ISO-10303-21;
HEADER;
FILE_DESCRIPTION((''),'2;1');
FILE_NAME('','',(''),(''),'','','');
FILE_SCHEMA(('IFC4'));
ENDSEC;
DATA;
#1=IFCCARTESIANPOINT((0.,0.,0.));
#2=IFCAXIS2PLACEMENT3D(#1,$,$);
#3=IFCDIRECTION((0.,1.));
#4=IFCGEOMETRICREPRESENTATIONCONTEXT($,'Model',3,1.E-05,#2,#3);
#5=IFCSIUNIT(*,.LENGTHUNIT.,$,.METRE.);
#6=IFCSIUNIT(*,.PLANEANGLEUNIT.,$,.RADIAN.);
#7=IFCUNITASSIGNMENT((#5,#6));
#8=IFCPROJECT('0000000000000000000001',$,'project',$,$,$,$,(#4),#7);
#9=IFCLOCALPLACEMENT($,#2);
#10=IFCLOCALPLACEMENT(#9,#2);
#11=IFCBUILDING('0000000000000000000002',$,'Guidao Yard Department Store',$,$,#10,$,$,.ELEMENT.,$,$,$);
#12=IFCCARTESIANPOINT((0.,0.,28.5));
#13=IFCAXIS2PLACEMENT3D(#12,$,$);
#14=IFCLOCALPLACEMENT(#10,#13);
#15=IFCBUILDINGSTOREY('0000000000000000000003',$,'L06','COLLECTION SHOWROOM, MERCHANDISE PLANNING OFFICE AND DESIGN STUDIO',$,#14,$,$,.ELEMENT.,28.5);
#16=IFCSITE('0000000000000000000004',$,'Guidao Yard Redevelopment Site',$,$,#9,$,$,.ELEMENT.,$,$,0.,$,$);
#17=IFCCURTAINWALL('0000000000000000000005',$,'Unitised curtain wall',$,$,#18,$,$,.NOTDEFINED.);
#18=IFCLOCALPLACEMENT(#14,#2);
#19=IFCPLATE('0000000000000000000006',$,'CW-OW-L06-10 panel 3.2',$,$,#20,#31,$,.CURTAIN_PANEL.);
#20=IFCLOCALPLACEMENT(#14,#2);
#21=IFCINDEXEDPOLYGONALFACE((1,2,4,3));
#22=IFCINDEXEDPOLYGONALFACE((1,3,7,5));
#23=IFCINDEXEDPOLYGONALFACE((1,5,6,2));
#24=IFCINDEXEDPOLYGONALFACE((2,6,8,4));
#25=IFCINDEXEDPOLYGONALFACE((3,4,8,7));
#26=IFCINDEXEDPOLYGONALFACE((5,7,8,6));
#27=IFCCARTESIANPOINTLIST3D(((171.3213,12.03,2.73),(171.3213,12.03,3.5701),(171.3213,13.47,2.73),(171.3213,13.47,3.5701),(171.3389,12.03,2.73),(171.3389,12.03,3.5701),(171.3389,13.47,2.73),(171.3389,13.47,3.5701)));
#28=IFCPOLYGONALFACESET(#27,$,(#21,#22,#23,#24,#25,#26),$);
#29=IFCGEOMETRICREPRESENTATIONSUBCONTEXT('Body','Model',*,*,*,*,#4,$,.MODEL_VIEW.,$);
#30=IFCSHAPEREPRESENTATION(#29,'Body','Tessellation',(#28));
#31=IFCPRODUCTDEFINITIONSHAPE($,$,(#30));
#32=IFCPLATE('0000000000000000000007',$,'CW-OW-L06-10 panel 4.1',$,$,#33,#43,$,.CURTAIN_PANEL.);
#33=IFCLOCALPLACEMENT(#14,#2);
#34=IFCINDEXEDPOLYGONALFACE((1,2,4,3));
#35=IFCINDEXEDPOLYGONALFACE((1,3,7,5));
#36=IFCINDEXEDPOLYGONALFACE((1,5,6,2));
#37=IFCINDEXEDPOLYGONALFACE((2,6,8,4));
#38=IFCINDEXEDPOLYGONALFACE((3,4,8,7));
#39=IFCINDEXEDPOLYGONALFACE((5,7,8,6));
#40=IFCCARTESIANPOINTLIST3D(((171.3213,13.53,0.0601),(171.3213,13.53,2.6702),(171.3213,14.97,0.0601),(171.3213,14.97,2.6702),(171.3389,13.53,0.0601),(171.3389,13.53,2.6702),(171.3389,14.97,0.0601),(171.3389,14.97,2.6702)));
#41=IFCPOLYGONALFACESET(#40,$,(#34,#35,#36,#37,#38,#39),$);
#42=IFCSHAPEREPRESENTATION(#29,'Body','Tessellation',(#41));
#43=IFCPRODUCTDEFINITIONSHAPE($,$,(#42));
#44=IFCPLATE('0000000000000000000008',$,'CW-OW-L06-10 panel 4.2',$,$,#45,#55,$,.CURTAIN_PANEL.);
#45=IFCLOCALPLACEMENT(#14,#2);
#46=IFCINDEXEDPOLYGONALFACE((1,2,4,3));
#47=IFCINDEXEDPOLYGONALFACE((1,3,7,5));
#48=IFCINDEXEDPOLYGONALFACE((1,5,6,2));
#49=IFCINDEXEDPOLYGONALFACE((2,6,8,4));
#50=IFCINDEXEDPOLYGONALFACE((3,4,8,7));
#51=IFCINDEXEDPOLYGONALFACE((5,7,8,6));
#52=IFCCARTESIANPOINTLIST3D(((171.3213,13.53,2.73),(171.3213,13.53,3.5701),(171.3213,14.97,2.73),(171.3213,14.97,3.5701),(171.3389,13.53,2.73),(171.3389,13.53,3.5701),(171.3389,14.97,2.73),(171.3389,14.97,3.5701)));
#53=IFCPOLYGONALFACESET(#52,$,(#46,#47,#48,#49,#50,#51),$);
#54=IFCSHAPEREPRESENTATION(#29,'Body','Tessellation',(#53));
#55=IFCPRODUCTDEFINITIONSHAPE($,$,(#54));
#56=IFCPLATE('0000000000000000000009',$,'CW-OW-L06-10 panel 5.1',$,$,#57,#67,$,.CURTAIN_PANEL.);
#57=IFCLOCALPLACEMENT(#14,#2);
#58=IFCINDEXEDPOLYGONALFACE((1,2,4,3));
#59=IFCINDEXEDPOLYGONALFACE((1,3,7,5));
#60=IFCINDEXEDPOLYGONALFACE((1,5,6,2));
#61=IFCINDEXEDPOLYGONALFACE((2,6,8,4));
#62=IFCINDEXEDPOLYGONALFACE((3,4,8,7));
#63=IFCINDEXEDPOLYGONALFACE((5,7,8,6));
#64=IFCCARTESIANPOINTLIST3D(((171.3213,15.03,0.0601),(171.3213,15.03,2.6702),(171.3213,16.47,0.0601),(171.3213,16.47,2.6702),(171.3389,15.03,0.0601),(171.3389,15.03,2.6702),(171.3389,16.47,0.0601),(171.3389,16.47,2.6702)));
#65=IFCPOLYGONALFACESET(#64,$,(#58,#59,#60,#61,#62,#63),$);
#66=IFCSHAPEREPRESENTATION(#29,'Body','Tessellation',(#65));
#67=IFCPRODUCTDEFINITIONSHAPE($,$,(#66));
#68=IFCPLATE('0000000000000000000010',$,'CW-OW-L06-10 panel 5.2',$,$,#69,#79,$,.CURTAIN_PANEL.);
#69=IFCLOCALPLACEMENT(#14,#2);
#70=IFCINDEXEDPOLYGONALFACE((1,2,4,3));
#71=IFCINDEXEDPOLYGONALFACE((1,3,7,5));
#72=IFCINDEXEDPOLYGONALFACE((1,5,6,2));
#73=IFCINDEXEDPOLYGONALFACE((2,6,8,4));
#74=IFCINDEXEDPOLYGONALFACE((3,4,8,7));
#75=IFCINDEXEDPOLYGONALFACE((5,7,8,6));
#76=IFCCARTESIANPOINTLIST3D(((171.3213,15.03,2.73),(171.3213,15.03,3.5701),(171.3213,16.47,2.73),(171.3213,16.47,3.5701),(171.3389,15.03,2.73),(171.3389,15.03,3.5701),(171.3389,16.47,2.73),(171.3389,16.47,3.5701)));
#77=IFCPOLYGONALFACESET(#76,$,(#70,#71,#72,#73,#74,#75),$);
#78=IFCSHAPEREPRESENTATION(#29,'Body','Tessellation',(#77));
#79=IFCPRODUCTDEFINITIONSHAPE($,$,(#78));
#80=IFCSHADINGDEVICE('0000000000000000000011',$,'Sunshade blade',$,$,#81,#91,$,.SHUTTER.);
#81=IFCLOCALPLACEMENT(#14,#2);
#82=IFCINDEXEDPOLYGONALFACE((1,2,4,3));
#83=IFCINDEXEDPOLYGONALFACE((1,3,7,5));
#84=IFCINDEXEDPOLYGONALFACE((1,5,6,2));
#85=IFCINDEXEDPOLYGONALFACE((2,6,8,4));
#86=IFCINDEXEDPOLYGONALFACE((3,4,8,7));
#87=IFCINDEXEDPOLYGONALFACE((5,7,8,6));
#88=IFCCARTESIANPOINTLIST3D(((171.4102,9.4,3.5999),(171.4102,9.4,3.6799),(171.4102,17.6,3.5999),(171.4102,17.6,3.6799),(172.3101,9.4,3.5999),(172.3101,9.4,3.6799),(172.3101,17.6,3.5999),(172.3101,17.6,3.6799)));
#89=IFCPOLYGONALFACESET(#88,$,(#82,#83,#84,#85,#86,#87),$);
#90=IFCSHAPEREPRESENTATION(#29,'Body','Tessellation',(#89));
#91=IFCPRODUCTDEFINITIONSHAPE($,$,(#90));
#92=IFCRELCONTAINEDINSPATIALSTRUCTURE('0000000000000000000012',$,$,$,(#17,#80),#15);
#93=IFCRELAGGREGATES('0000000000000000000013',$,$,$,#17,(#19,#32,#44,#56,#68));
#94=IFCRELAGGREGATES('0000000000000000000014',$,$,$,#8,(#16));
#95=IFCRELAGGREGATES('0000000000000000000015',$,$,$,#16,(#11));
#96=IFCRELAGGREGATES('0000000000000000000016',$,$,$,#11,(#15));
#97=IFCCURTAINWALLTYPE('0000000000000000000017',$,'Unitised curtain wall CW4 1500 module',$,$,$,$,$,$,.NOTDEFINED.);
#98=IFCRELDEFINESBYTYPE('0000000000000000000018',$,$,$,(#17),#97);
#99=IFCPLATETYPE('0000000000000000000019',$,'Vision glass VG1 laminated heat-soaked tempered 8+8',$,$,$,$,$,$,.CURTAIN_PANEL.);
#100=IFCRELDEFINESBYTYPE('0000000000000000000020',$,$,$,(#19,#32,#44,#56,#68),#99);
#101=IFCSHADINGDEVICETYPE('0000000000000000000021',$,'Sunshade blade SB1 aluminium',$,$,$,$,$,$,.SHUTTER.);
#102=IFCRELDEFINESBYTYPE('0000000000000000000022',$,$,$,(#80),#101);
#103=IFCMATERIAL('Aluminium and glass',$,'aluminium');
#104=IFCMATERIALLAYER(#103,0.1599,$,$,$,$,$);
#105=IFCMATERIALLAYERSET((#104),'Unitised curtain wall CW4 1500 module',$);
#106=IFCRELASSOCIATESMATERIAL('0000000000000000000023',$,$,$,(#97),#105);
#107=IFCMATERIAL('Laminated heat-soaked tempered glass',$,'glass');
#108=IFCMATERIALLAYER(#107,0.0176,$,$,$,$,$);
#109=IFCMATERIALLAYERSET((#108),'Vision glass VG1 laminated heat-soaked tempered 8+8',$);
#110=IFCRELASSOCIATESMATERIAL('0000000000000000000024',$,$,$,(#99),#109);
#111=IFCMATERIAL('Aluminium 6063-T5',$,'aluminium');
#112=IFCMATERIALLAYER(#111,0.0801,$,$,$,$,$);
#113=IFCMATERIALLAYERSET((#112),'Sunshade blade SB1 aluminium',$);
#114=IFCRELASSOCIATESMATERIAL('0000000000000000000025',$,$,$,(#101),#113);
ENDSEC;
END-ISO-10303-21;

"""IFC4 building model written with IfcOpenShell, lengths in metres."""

from ifc_helpers import new_model, si_unit, direction, frame, origin, origin_2d, place, context, subcontext, project, spatial, rectangle, extrude, material, layer, layer_set, type_object, element, aggregate, save


model = new_model("IFC4")

# Units and contexts
model_context = context("Model", 3, precision=1e-05, world=origin(), true_north=direction((0.0, 1.0)))
body_context = subcontext(model_context, "Body", "Model", "MODEL_VIEW")
ifc_project = project(units=[si_unit("LENGTHUNIT", "METRE"), si_unit("PLANEANGLEUNIT", "RADIAN")], contexts=[model_context])

# Site, building, storey
site_placement = place(None, origin())
site = spatial("IfcSite", under=ifc_project, at=site_placement, Name="Guidao Yard Redevelopment Site", CompositionType="ELEMENT", RefElevation=0.0)
building_placement = place(site_placement, origin())
building = spatial("IfcBuilding", under=site, at=building_placement, Name="Guidao Yard Department Store", CompositionType="ELEMENT")
storey_placement = place(building_placement, frame((0.0, 0.0, 28.5)))
storey = spatial("IfcBuildingStorey", under=building, at=storey_placement, Name="L06", Description="COLLECTION SHOWROOM, MERCHANDISE PLANNING OFFICE AND DESIGN STUDIO", CompositionType="ELEMENT", Elevation=28.5)

# Curtain wall, plates
ifc_material_1 = material(Name="Aluminium and glass", Category="aluminium")
ifc_layer_1 = layer(ifc_material_1, 0.1599)
ifc_layer_set_1 = layer_set([ifc_layer_1], Name="Unitised curtain wall CW4 1500 module")
curtain_wall_type = type_object("IfcCurtainWallType", Name="Unitised curtain wall CW4 1500 module", PredefinedType="NOTDEFINED", material=ifc_layer_set_1)
curtain_wall_placement = place(storey_placement, origin())
curtain_wall = element("IfcCurtainWall", 1, at=curtain_wall_placement, inside=storey, type_object=curtain_wall_type, Name="Unitised curtain wall", PredefinedType="NOTDEFINED")
ifc_material_2 = material(Name="Laminated heat-soaked tempered glass", Category="glass")
ifc_layer_2 = layer(ifc_material_2, 0.0176)
ifc_layer_set_2 = layer_set([ifc_layer_2], Name="Vision glass VG1 laminated heat-soaked tempered 8+8")
plate_type_1 = type_object("IfcPlateType", Name="Vision glass VG1 laminated heat-soaked tempered 8+8", PredefinedType="CURTAIN_PANEL", material=ifc_layer_set_2)
plate_1_placement = place(storey_placement, frame((171.3301, 12.75, 2.73), z_axis=(0.0, 0.0, 1.0), x_axis=(0.0, -1.0, 0.0)))
plate_1 = element("IfcPlate", 2, at=plate_1_placement, type_object=plate_type_1, Name="CW-OW-L06-10 panel 3.2", PredefinedType="CURTAIN_PANEL", context=body_context, shape_type="SweptSolid", body=[
    extrude(rectangle(XDim=1.4399, YDim=0.0176, at=origin_2d()), origin(), (0.0, 0.0, 1.0), 0.8401),
])
plate_2_placement = place(storey_placement, frame((171.3301, 14.25, 0.0601), z_axis=(0.0, 0.0, 1.0), x_axis=(0.0, -1.0, 0.0)))
plate_2 = element("IfcPlate", 3, at=plate_2_placement, type_object=plate_type_1, Name="CW-OW-L06-10 panel 4.1", PredefinedType="CURTAIN_PANEL", context=body_context, shape_type="SweptSolid", body=[
    extrude(rectangle(XDim=1.4399, YDim=0.0176, at=origin_2d()), origin(), (0.0, 0.0, 1.0), 2.6101),
])
plate_3_placement = place(storey_placement, frame((171.3301, 14.25, 2.73), z_axis=(0.0, 0.0, 1.0), x_axis=(0.0, -1.0, 0.0)))
plate_3 = element("IfcPlate", 4, at=plate_3_placement, type_object=plate_type_1, Name="CW-OW-L06-10 panel 4.2", PredefinedType="CURTAIN_PANEL", context=body_context, shape_type="SweptSolid", body=[
    extrude(rectangle(XDim=1.4399, YDim=0.0176, at=origin_2d()), origin(), (0.0, 0.0, 1.0), 0.8401),
])
plate_4_placement = place(storey_placement, frame((171.3301, 15.75, 0.0601), z_axis=(0.0, 0.0, 1.0), x_axis=(0.0, -1.0, 0.0)))
plate_4 = element("IfcPlate", 5, at=plate_4_placement, type_object=plate_type_1, Name="CW-OW-L06-10 panel 5.1", PredefinedType="CURTAIN_PANEL", context=body_context, shape_type="SweptSolid", body=[
    extrude(rectangle(XDim=1.4399, YDim=0.0176, at=origin_2d()), origin(), (0.0, 0.0, 1.0), 2.6101),
])
plate_5_placement = place(storey_placement, frame((171.3301, 15.75, 2.73), z_axis=(0.0, 0.0, 1.0), x_axis=(0.0, -1.0, 0.0)))
plate_5 = element("IfcPlate", 6, at=plate_5_placement, type_object=plate_type_1, Name="CW-OW-L06-10 panel 5.2", PredefinedType="CURTAIN_PANEL", context=body_context, shape_type="SweptSolid", body=[
    extrude(rectangle(XDim=1.4399, YDim=0.0176, at=origin_2d()), origin(), (0.0, 0.0, 1.0), 0.8401),
])
aggregate(curtain_wall, [plate_1, plate_2, plate_3, plate_4, plate_5])

# Shading device
ifc_material_3 = material(Name="Aluminium 6063-T5", Category="aluminium")
ifc_layer_3 = layer(ifc_material_3, 0.0801)
ifc_layer_set_3 = layer_set([ifc_layer_3], Name="Sunshade blade SB1 aluminium")
shading_device_type = type_object("IfcShadingDeviceType", Name="Sunshade blade SB1 aluminium", PredefinedType="SHUTTER", material=ifc_layer_set_3)
shading_device_placement = place(storey_placement, frame((171.8601, 13.5, 3.5999), z_axis=(0.0, 0.0, 1.0), x_axis=(0.0, -1.0, 0.0)))
element("IfcShadingDevice", 7, at=shading_device_placement, inside=storey, type_object=shading_device_type, Name="Sunshade blade", PredefinedType="SHUTTER", context=body_context, shape_type="SweptSolid", body=[
    extrude(rectangle(XDim=8.2, YDim=0.8999, at=origin_2d()), origin(), (0.0, 0.0, 1.0), 0.0801),
])

save(model, "model.ifc")
